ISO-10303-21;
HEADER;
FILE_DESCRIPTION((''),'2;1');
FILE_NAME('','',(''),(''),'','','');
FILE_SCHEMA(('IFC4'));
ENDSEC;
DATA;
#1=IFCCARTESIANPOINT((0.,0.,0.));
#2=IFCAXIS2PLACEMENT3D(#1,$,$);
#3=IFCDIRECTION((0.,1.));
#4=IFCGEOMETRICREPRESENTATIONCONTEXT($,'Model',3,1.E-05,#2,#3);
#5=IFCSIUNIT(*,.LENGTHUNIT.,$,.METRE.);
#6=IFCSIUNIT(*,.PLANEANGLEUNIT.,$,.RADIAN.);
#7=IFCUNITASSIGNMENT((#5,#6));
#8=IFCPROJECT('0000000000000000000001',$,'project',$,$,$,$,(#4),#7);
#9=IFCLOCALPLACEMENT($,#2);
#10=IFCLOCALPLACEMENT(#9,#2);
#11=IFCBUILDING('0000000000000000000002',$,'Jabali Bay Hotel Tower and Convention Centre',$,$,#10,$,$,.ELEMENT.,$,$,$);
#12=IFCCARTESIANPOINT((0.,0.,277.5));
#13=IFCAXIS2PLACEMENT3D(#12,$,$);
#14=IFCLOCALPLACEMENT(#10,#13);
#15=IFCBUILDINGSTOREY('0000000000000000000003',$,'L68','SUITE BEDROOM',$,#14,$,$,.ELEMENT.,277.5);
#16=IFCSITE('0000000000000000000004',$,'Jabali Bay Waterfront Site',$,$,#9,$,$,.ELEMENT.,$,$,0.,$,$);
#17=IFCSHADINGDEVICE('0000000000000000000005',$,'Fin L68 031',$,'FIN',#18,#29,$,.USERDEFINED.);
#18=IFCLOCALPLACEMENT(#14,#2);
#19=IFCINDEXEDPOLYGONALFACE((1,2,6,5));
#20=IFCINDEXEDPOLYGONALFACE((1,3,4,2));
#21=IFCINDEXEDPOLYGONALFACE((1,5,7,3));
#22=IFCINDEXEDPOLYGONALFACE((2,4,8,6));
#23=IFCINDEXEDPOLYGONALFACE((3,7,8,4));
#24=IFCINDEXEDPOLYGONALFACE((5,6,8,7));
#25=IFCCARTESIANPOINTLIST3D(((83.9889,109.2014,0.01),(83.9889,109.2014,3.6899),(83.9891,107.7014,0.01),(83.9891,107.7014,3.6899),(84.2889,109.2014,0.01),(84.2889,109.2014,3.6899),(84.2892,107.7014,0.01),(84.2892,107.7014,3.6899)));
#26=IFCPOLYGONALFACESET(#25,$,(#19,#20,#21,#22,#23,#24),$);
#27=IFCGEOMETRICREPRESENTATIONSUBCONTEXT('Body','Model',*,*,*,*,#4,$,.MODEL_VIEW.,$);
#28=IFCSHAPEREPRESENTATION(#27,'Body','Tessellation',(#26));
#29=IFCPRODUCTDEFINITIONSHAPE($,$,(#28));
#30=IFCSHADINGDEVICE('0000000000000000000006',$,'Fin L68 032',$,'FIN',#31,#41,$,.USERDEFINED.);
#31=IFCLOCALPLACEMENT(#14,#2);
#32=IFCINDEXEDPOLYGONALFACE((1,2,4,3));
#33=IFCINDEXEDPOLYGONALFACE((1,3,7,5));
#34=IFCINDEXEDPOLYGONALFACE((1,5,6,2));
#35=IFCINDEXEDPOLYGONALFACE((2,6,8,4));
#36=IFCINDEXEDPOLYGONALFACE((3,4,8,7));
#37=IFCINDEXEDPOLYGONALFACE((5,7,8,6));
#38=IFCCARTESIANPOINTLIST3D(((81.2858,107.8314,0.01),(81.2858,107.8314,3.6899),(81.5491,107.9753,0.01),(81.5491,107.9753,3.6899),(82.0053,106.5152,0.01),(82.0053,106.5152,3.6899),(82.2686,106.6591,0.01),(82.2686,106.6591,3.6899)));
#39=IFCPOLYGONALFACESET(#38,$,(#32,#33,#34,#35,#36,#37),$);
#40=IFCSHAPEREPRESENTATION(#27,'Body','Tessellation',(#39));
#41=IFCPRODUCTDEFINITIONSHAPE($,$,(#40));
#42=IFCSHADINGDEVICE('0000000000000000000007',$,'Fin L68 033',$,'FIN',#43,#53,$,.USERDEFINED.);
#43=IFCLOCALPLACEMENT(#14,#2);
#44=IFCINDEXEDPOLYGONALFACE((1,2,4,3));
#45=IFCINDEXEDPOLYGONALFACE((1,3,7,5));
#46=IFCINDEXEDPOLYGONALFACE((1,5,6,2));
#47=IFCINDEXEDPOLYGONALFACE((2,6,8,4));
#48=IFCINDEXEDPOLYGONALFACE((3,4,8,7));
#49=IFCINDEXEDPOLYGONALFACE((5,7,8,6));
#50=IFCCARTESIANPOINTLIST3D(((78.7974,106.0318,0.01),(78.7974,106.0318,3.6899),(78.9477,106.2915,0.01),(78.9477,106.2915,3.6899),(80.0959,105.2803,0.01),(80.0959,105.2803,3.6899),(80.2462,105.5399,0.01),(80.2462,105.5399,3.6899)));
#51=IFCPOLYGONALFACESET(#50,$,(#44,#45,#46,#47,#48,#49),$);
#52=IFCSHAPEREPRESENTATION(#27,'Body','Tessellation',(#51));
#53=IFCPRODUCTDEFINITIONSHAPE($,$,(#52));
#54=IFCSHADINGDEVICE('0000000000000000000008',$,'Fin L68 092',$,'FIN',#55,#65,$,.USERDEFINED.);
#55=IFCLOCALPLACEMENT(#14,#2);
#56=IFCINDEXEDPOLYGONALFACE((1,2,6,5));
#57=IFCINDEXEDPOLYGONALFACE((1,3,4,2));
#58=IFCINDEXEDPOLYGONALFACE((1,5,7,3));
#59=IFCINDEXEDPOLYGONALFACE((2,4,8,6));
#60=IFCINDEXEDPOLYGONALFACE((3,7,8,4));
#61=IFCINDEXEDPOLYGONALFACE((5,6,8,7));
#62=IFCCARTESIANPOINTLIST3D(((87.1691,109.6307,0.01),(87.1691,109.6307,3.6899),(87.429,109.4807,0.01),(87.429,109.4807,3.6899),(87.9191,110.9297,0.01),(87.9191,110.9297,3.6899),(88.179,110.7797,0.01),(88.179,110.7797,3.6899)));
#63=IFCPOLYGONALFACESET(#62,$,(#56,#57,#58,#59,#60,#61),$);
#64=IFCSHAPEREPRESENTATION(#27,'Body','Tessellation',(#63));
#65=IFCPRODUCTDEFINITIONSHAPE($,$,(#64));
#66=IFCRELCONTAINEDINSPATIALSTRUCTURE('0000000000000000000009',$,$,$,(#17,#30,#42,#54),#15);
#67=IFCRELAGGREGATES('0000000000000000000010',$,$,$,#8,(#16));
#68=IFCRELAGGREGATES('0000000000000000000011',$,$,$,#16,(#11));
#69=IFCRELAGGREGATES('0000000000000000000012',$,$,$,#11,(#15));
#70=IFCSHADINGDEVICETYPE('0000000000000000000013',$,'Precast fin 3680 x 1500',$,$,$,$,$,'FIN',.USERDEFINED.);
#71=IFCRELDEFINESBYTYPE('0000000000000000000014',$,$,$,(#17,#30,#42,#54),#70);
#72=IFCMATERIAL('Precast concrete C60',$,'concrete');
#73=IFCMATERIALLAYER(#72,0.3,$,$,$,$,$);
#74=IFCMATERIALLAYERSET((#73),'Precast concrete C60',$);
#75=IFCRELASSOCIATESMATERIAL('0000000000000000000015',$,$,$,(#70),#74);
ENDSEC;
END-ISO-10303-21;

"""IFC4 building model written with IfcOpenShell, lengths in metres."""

from ifc_helpers import new_model, si_unit, direction, frame, frame_2d, origin, place, context, subcontext, project, spatial, rectangle, extrude, material, layer, layer_set, type_object, element, save


model = new_model("IFC4")

# Units and contexts
model_context = context("Model", 3, precision=1e-05, world=origin(), true_north=direction((0.0, 1.0)))
body_context = subcontext(model_context, "Body", "Model", "MODEL_VIEW")
ifc_project = project(units=[si_unit("LENGTHUNIT", "METRE"), si_unit("PLANEANGLEUNIT", "RADIAN")], contexts=[model_context])

# Site, building, storey
site_placement = place(None, origin())
site = spatial("IfcSite", under=ifc_project, at=site_placement, Name="Jabali Bay Waterfront Site", CompositionType="ELEMENT", RefElevation=0.0)
building_placement = place(site_placement, origin())
building = spatial("IfcBuilding", under=site, at=building_placement, Name="Jabali Bay Hotel Tower and Convention Centre", CompositionType="ELEMENT")
storey_placement = place(building_placement, frame((0.0, 0.0, 277.5)))
storey = spatial("IfcBuildingStorey", under=building, at=storey_placement, Name="L68", Description="SUITE BEDROOM", CompositionType="ELEMENT", Elevation=277.5)

# Shading devices
ifc_material_1 = material(Name="Precast concrete C60", Category="concrete")
ifc_layer_1 = layer(ifc_material_1, 0.3)
ifc_layer_set_1 = layer_set([ifc_layer_1], Name="Precast concrete C60")
shading_device_type = type_object("IfcShadingDeviceType", Name="Precast fin 3680 x 1500", ElementType="FIN", PredefinedType="USERDEFINED", material=ifc_layer_set_1)
for number, where, z_axis, x_axis, name in (
    (1, (84.1392, 107.7014, 0.01), (0.0, 0.0, 1.0), (-0.000163, 1.0, 0.0), "Fin L68 031"),
    (2, (82.137, 106.5872, 0.01), (0.0, 0.0, 1.0), (-0.479662, 0.877454, 0.0), "Fin L68 032"),
):
    element("IfcShadingDevice", number, at=place(storey_placement, frame(where, z_axis=z_axis, x_axis=x_axis)), inside=storey, type_object=shading_device_type, Name=name, ObjectType="FIN", PredefinedType="USERDEFINED", context=body_context, shape_type="SweptSolid", body=[
        extrude(rectangle(XDim=1.5, YDim=0.3, at=frame_2d((0.75, 0.0))), origin(), (0.0, 0.0, 1.0), 3.6799),
    ])
shading_device_1_placement = place(storey_placement, frame((80.1709, 105.4102, 0.01), z_axis=(0.0, 0.0, 1.0), x_axis=(-0.865486, 0.500934, 0.0)))
element("IfcShadingDevice", 3, at=shading_device_1_placement, inside=storey, type_object=shading_device_type, Name="Fin L68 033", ObjectType="FIN", PredefinedType="USERDEFINED", context=body_context, shape_type="SweptSolid", body=[
    extrude(rectangle(XDim=1.5002, YDim=0.3, at=frame_2d((0.75, 0.0))), origin(), (0.0, 0.0, 1.0), 3.6799),
])
shading_device_2_placement = place(storey_placement, frame((87.2991, 109.5557, 0.01), z_axis=(0.0, 0.0, 1.0), x_axis=(0.49999, 0.866031, 0.0)))
element("IfcShadingDevice", 4, at=shading_device_2_placement, inside=storey, type_object=shading_device_type, Name="Fin L68 092", ObjectType="FIN", PredefinedType="USERDEFINED", context=body_context, shape_type="SweptSolid", body=[
    extrude(rectangle(XDim=1.5, YDim=0.3, at=frame_2d((0.75, 0.0))), origin(), (0.0, 0.0, 1.0), 3.6799),
])

save(model, "model.ifc")
